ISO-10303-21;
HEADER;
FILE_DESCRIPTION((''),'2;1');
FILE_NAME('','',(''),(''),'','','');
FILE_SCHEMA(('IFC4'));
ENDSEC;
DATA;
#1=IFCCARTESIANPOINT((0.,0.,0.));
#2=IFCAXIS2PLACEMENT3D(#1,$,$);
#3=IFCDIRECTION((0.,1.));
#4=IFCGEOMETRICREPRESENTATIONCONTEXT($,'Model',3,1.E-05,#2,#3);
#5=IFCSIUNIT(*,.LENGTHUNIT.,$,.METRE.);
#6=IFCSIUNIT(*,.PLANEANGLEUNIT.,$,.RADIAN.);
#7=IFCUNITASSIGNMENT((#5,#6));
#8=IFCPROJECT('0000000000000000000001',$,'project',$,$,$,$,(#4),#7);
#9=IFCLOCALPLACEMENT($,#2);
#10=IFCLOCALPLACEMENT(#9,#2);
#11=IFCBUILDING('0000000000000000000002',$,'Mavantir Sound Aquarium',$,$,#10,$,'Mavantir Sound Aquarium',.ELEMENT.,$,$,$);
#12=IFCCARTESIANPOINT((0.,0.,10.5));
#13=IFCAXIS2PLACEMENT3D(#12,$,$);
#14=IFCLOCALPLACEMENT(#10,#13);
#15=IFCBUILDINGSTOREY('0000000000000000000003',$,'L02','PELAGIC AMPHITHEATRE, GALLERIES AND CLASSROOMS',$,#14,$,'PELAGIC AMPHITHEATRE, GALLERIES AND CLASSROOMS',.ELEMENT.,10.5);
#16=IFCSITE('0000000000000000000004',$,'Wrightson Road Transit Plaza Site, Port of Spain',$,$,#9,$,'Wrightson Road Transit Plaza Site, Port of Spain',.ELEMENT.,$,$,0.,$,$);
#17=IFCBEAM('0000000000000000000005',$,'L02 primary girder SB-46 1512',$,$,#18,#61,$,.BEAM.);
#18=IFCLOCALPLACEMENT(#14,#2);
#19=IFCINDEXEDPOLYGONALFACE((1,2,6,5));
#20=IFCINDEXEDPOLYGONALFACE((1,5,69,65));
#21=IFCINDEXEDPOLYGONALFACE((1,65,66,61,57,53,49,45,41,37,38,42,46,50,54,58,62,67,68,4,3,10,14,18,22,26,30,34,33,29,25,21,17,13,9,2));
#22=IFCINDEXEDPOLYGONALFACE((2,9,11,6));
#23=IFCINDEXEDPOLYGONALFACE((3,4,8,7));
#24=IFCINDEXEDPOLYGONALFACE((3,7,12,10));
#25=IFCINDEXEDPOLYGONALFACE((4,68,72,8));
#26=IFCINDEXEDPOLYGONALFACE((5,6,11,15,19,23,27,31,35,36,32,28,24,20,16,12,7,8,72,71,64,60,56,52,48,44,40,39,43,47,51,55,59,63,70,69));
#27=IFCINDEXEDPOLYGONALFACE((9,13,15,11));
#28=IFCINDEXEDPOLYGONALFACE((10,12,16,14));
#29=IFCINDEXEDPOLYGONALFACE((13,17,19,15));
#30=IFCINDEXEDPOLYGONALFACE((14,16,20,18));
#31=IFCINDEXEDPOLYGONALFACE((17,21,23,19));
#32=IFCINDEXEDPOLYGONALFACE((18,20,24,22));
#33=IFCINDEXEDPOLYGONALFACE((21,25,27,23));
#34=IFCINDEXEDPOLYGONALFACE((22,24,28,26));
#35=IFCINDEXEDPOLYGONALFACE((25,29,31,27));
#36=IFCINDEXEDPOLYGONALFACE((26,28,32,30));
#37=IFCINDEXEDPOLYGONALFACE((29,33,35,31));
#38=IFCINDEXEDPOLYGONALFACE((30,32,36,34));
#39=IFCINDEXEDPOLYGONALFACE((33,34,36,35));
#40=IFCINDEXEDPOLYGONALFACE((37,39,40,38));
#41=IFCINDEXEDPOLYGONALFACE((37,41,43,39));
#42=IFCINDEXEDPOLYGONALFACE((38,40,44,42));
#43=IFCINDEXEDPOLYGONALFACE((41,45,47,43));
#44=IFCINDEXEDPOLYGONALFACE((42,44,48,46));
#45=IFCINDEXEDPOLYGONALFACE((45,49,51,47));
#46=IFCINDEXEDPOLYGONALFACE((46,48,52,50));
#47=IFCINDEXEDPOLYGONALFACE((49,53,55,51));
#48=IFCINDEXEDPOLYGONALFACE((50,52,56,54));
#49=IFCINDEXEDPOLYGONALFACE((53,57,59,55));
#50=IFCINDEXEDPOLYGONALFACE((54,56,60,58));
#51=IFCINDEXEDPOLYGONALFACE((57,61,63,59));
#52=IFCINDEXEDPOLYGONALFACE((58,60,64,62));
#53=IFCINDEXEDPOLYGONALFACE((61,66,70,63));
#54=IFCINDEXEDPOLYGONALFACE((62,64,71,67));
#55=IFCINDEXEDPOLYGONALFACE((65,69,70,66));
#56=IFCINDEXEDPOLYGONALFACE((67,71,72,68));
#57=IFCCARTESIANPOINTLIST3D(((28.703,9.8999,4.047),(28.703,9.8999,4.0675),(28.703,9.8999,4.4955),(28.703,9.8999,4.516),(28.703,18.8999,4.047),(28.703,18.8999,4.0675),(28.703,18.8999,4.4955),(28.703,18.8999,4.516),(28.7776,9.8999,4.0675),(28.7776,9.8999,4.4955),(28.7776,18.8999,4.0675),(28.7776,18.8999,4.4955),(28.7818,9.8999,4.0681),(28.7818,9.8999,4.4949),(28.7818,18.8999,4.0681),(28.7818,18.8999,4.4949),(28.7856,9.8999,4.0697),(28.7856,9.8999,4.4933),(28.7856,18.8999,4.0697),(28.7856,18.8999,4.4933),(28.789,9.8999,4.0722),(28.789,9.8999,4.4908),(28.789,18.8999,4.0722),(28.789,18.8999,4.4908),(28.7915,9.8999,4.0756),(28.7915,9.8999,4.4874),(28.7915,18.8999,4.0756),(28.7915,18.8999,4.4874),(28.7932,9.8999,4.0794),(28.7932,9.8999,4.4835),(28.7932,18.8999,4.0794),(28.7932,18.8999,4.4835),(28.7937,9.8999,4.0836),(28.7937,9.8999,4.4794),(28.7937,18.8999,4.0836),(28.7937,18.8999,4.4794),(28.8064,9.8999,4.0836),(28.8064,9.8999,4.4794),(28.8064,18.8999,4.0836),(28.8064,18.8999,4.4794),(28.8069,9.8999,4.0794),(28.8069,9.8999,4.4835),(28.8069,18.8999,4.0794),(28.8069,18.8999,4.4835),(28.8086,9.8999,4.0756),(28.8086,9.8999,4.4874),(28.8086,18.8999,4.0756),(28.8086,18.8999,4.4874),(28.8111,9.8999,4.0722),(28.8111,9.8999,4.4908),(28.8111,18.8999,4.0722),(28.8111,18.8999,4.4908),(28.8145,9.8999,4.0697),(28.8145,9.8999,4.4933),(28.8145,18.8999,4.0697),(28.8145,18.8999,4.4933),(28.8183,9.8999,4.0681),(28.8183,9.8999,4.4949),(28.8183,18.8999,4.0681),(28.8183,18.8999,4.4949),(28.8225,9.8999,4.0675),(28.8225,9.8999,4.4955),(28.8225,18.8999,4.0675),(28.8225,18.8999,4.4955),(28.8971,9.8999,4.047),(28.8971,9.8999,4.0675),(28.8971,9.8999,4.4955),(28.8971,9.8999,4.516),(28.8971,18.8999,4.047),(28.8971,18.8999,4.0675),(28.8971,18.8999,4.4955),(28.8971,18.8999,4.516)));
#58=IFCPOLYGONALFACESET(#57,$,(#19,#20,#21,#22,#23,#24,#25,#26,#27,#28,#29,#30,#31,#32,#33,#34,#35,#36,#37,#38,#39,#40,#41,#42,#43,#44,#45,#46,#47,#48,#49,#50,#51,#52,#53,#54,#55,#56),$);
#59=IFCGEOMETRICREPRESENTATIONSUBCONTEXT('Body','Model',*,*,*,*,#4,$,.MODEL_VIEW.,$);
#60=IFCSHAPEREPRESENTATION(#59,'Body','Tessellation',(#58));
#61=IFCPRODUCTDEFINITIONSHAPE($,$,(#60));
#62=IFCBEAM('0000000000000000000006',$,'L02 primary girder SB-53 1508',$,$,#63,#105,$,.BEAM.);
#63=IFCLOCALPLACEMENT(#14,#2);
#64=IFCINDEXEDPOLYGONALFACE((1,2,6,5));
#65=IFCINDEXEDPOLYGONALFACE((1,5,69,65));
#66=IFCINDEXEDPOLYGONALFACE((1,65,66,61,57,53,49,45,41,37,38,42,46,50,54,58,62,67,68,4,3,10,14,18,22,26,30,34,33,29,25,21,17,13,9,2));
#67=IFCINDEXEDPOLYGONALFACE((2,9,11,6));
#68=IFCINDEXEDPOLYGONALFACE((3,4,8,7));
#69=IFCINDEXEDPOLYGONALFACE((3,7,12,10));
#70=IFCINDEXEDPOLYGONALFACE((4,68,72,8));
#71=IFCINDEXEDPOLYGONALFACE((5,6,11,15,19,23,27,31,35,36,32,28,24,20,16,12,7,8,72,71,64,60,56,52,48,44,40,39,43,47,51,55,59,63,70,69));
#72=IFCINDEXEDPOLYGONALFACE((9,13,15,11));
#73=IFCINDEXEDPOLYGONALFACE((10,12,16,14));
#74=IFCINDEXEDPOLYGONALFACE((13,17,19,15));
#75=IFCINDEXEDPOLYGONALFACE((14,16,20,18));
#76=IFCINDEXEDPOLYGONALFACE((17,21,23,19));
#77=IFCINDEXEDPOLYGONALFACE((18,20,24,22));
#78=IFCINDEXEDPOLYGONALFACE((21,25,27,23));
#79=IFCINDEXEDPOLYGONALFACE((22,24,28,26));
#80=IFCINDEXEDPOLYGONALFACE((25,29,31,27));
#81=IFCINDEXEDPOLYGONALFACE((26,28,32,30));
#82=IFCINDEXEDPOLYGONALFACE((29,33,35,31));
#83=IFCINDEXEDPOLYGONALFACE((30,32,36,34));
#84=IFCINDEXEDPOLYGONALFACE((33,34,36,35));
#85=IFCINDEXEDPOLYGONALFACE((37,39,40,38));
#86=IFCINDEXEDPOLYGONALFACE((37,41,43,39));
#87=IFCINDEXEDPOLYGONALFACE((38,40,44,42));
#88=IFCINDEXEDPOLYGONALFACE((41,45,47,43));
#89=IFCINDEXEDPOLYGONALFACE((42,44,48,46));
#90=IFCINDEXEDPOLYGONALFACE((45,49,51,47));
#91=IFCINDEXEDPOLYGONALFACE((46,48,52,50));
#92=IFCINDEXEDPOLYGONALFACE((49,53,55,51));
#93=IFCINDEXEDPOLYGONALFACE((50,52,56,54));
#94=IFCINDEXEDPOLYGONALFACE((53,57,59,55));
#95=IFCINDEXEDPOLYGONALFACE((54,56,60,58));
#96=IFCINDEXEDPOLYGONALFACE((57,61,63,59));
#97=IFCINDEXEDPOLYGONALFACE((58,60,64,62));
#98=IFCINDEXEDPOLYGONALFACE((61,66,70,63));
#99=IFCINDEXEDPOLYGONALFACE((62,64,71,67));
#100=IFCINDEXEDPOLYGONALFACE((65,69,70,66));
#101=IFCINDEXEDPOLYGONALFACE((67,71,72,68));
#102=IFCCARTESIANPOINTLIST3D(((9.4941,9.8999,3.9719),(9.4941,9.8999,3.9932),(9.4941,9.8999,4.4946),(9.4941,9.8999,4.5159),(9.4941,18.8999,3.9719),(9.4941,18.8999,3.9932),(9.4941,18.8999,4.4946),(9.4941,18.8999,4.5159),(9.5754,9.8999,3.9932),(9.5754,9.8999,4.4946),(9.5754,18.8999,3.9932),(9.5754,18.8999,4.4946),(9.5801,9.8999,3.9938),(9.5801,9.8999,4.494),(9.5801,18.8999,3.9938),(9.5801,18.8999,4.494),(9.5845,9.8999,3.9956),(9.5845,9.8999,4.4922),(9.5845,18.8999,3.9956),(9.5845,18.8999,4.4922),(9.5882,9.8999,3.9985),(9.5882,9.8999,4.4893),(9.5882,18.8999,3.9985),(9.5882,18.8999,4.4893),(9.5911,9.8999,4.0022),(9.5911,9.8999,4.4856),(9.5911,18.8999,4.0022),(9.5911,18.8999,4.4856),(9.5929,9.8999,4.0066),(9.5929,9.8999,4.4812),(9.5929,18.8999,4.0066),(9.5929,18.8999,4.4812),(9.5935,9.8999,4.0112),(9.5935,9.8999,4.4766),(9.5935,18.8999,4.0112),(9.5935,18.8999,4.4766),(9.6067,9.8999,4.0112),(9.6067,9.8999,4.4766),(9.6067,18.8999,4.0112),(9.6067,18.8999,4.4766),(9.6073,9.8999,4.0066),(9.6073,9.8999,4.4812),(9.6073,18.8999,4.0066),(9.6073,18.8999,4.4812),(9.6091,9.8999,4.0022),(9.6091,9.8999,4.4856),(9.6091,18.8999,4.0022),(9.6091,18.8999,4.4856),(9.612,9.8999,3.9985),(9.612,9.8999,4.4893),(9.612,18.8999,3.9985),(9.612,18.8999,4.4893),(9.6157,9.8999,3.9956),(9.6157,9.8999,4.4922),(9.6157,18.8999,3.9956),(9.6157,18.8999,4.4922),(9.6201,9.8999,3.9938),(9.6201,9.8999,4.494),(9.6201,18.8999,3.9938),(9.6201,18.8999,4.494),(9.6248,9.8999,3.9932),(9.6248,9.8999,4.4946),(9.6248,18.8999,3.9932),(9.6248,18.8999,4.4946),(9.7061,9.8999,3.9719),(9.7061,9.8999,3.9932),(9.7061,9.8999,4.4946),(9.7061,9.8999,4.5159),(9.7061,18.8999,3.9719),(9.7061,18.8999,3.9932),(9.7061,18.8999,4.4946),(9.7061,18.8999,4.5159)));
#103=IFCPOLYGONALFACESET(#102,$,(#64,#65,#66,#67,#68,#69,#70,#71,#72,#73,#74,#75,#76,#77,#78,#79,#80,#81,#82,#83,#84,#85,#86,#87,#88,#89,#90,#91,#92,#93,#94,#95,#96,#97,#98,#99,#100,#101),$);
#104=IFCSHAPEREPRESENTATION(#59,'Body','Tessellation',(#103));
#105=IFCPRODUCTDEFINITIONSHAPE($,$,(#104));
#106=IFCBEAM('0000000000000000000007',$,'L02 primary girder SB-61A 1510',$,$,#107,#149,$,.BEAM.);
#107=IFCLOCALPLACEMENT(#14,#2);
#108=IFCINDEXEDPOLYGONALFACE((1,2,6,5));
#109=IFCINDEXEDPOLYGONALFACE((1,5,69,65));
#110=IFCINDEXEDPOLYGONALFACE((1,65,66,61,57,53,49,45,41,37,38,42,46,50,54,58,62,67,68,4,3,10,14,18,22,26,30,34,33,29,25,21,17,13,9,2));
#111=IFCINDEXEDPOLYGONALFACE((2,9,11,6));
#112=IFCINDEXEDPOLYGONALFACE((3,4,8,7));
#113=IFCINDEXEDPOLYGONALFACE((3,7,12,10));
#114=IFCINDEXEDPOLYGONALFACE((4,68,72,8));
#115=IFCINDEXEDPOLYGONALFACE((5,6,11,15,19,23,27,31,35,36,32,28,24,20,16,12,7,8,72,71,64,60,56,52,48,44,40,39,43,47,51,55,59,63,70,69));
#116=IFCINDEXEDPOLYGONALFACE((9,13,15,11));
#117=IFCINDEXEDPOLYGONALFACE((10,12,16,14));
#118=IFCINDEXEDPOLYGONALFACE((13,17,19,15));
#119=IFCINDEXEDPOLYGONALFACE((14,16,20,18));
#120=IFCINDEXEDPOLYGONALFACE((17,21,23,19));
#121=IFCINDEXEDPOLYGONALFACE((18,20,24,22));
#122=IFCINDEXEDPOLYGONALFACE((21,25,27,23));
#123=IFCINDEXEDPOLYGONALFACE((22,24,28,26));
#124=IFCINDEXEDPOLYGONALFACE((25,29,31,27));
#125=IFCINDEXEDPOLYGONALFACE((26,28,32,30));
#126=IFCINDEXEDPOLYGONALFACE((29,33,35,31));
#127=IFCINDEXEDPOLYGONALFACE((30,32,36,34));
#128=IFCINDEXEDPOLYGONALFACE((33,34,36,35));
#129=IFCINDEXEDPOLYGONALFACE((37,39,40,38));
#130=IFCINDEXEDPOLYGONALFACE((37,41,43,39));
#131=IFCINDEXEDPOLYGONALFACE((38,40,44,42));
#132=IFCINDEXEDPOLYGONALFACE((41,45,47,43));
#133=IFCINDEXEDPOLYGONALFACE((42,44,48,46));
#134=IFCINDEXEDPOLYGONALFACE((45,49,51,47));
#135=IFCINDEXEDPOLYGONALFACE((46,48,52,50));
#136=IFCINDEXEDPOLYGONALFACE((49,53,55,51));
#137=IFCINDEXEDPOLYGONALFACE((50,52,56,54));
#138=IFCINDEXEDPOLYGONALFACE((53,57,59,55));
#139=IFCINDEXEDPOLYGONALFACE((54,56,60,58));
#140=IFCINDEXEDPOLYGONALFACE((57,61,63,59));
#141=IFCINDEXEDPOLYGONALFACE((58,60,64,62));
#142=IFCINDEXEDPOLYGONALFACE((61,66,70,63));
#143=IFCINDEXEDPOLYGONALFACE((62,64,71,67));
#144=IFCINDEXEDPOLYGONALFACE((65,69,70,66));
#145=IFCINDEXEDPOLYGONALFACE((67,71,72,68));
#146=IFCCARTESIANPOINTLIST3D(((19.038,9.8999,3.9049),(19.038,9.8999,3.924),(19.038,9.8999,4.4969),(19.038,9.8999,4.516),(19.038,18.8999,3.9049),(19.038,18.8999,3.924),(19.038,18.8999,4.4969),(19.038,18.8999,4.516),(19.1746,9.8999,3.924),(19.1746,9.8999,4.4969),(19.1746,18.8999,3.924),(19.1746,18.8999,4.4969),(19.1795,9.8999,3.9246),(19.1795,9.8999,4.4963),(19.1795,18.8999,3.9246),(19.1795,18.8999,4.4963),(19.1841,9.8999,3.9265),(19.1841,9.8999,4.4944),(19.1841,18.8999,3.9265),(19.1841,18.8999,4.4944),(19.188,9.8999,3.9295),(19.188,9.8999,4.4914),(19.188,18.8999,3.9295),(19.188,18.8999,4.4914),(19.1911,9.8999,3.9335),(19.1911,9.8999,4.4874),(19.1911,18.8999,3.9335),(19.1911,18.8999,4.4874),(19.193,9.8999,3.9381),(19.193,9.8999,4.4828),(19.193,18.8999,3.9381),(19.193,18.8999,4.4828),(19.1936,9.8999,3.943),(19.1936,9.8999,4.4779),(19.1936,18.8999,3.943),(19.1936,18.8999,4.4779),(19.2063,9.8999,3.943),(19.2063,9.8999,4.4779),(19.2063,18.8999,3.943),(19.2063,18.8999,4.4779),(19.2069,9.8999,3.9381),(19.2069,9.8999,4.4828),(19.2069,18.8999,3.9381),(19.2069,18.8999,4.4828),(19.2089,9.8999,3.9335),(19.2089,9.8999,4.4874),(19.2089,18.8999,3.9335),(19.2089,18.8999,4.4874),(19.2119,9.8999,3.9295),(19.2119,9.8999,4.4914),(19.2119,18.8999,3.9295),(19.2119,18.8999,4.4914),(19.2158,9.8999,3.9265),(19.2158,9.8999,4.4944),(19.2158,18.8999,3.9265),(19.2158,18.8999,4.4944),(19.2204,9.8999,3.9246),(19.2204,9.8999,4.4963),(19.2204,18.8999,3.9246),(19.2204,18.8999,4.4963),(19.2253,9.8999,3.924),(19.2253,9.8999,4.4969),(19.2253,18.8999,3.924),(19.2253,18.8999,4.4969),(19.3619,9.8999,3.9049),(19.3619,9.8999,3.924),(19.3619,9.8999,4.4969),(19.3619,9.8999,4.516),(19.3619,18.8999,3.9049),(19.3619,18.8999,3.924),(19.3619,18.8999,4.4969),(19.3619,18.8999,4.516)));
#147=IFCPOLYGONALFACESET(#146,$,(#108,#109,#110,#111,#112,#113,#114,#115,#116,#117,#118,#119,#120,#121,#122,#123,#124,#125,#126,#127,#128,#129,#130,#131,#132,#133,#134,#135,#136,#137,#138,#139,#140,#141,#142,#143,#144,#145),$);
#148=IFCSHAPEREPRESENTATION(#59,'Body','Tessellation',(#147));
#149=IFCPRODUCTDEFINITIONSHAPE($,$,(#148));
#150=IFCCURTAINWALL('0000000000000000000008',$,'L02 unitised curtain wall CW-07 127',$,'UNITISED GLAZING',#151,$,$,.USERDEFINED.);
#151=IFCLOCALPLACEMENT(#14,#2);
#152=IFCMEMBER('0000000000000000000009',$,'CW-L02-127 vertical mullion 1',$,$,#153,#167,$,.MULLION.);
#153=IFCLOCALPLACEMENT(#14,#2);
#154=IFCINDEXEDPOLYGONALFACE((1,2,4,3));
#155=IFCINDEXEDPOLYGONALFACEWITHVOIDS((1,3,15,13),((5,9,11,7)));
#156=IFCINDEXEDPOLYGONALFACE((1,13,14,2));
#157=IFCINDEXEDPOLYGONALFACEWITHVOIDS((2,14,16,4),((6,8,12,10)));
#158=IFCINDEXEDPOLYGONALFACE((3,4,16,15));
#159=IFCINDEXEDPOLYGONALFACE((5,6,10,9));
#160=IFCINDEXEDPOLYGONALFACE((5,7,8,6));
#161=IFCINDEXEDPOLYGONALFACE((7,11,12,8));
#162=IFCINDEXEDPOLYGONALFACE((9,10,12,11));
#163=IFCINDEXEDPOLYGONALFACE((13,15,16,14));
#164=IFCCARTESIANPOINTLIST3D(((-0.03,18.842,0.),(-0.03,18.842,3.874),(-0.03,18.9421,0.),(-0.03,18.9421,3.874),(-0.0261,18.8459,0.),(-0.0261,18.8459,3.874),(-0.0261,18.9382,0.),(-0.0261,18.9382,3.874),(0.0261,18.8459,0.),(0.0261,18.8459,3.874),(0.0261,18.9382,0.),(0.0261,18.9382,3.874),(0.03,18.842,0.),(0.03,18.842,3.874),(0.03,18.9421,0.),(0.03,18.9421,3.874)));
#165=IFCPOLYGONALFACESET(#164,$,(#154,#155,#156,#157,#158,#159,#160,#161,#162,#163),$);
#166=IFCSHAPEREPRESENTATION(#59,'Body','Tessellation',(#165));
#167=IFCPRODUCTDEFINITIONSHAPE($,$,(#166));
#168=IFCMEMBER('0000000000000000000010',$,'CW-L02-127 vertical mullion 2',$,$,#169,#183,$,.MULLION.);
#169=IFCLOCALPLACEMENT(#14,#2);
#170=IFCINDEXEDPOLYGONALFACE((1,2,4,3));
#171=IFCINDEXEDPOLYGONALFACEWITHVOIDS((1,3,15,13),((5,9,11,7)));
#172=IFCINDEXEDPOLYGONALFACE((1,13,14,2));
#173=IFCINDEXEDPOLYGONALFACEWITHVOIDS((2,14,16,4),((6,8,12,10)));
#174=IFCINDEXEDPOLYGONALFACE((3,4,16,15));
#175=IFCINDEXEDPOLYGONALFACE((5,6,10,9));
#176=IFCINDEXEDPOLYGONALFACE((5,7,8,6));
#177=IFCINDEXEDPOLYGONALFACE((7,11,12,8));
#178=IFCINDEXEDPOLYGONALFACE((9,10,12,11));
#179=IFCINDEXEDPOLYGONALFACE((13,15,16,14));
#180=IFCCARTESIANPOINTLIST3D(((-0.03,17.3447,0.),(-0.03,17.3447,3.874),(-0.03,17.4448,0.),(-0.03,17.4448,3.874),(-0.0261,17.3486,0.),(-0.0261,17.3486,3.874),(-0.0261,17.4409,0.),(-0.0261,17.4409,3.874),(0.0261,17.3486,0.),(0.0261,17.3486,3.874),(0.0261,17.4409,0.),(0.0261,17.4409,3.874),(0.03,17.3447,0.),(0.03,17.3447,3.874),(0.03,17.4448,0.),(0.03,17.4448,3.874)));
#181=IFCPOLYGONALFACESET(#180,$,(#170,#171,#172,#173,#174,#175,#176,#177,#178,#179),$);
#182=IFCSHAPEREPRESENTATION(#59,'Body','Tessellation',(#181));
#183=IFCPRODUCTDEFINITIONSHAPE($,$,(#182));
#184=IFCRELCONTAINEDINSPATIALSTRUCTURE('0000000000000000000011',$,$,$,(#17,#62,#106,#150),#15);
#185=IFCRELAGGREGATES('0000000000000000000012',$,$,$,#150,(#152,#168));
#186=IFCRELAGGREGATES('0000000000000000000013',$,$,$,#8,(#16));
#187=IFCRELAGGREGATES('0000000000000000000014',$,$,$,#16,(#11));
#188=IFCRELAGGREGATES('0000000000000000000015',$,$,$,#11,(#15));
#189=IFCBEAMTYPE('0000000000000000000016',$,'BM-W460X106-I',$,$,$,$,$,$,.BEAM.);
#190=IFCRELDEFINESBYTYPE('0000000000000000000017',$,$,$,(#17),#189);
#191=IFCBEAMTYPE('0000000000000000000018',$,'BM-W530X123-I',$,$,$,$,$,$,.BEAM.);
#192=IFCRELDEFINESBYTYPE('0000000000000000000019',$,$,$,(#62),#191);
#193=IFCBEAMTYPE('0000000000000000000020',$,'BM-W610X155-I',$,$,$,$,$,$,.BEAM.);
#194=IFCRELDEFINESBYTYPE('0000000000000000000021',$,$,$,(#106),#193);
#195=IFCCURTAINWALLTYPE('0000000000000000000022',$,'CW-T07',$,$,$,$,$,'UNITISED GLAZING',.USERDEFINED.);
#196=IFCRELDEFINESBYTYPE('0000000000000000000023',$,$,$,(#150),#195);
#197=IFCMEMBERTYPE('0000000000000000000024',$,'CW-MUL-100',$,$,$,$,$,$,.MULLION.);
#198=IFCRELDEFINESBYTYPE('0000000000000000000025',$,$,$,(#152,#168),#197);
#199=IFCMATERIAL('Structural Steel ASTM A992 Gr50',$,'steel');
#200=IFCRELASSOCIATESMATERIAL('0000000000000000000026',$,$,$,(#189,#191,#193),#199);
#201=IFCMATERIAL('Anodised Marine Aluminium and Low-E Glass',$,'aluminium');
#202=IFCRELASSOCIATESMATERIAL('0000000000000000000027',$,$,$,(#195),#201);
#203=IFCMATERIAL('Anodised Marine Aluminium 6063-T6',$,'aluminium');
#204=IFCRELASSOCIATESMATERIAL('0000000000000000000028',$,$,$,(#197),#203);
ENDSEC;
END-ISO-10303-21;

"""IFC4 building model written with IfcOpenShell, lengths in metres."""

from ifc_helpers import new_model, si_unit, direction, frame, origin, origin_2d, place, context, subcontext, project, spatial, hollow_rectangle, i_section, extrude, material, material_profile, profile_set, type_object, element, aggregate, save


model = new_model("IFC4")

# Units and contexts
model_context = context("Model", 3, precision=1e-05, world=origin(), true_north=direction((0.0, 1.0)))
body_context = subcontext(model_context, "Body", "Model", "MODEL_VIEW")
ifc_project = project(units=[si_unit("LENGTHUNIT", "METRE"), si_unit("PLANEANGLEUNIT", "RADIAN")], contexts=[model_context])

# Site, building, storey
site_placement = place(None, origin())
site = spatial("IfcSite", under=ifc_project, at=site_placement, Name="Wrightson Road Transit Plaza Site, Port of Spain", LongName="Wrightson Road Transit Plaza Site, Port of Spain", CompositionType="ELEMENT", RefElevation=0.0)
building_placement = place(site_placement, origin())
building = spatial("IfcBuilding", under=site, at=building_placement, Name="Mavantir Sound Aquarium", LongName="Mavantir Sound Aquarium", CompositionType="ELEMENT")
storey_placement = place(building_placement, frame((0.0, 0.0, 10.5)))
storey = spatial("IfcBuildingStorey", under=building, at=storey_placement, Name="L02", Description="PELAGIC AMPHITHEATRE, GALLERIES AND CLASSROOMS", LongName="PELAGIC AMPHITHEATRE, GALLERIES AND CLASSROOMS", CompositionType="ELEMENT", Elevation=10.5)

# Beams
ifc_material_1 = material(Name="Structural Steel ASTM A992 Gr50", Category="steel")
ifc_material_profile_1 = material_profile(ifc_material_1, i_section(OverallWidth=0.1941, OverallDepth=0.469, WebThickness=0.0127, FlangeThickness=0.0205, FilletRadius=0.0161, at=origin_2d()), Name="W460X106")
ifc_profile_set_1 = profile_set([ifc_material_profile_1], Name="Structural Steel ASTM A992 Gr50")
beam_type_1 = type_object("IfcBeamType", Name="BM-W460X106-I", PredefinedType="BEAM", material=ifc_profile_set_1)
for number, where, z_axis, x_axis, name in (
    (1, (28.8, 9.8999, 4.2815), (0.0, 1.0, 0.0), (-1.0, 0.0, 0.0), "L02 primary girder SB-46 1512"),
):
    element("IfcBeam", number, at=place(storey_placement, frame(where, z_axis=z_axis, x_axis=x_axis)), inside=storey, type_object=beam_type_1, Name=name, PredefinedType="BEAM", context=body_context, shape_type="SweptSolid", body=[
        extrude(i_section(OverallWidth=0.1941, OverallDepth=0.469, WebThickness=0.0127, FlangeThickness=0.0205, FilletRadius=0.0161, at=origin_2d()), origin(), (0.0, 0.0, 1.0), 9.0),
    ])
ifc_material_profile_2 = material_profile(ifc_material_1, i_section(OverallWidth=0.2119, OverallDepth=0.5439, WebThickness=0.0132, FlangeThickness=0.0212, FilletRadius=0.0181, at=origin_2d()), Name="W530X123")
ifc_profile_set_2 = profile_set([ifc_material_profile_2], Name="Structural Steel ASTM A992 Gr50")
beam_type_2 = type_object("IfcBeamType", Name="BM-W530X123-I", PredefinedType="BEAM", material=ifc_profile_set_2)
beam_1_placement = place(storey_placement, frame((9.6001, 9.8999, 4.2439), z_axis=(0.0, 1.0, 0.0), x_axis=(-1.0, 0.0, 0.0)))
element("IfcBeam", 2, at=beam_1_placement, inside=storey, type_object=beam_type_2, Name="L02 primary girder SB-53 1508", PredefinedType="BEAM", context=body_context, shape_type="SweptSolid", body=[
    extrude(i_section(OverallWidth=0.2119, OverallDepth=0.5439, WebThickness=0.0132, FlangeThickness=0.0212, FilletRadius=0.0181, at=origin_2d()), origin(), (0.0, 0.0, 1.0), 9.0),
])
ifc_material_profile_3 = material_profile(ifc_material_1, i_section(OverallWidth=0.324, OverallDepth=0.6111, WebThickness=0.0127, FlangeThickness=0.019, FilletRadius=0.019, at=origin_2d()), Name="W610X155")
ifc_profile_set_3 = profile_set([ifc_material_profile_3], Name="Structural Steel ASTM A992 Gr50")
beam_type_3 = type_object("IfcBeamType", Name="BM-W610X155-I", PredefinedType="BEAM", material=ifc_profile_set_3)
beam_2_placement = place(storey_placement, frame((19.2, 9.8999, 4.2104), z_axis=(0.0, 1.0, 0.0), x_axis=(-1.0, 0.0, 0.0)))
element("IfcBeam", 3, at=beam_2_placement, inside=storey, type_object=beam_type_3, Name="L02 primary girder SB-61A 1510", PredefinedType="BEAM", context=body_context, shape_type="SweptSolid", body=[
    extrude(i_section(OverallWidth=0.324, OverallDepth=0.6111, WebThickness=0.0127, FlangeThickness=0.019, FilletRadius=0.019, at=origin_2d()), origin(), (0.0, 0.0, 1.0), 9.0),
])

# Curtain wall, members
ifc_material_2 = material(Name="Anodised Marine Aluminium and Low-E Glass", Category="aluminium")
curtain_wall_type = type_object("IfcCurtainWallType", Name="CW-T07", ElementType="UNITISED GLAZING", PredefinedType="USERDEFINED", material=ifc_material_2)
curtain_wall_placement = place(storey_placement, origin())
curtain_wall = element("IfcCurtainWall", 4, at=curtain_wall_placement, inside=storey, type_object=curtain_wall_type, Name="L02 unitised curtain wall CW-07 127", ObjectType="UNITISED GLAZING", PredefinedType="USERDEFINED")
ifc_material_3 = material(Name="Anodised Marine Aluminium 6063-T6", Category="aluminium")
ifc_material_profile_4 = material_profile(ifc_material_3, hollow_rectangle(XDim=0.0601, YDim=0.1001, WallThickness=0.0039, at=origin_2d()), Name="ALU-MULLION-100X60")
ifc_profile_set_4 = profile_set([ifc_material_profile_4], Name="Anodised Marine Aluminium 6063-T6")
member_type_1 = type_object("IfcMemberType", Name="CW-MUL-100", PredefinedType="MULLION", material=ifc_profile_set_4)
member_1_placement = place(storey_placement, frame((0.0, 18.8921, 0.0), z_axis=(0.0, 0.0, 1.0), x_axis=(1.0, 0.0, 0.0)))
member_1 = element("IfcMember", 5, at=member_1_placement, type_object=member_type_1, Name="CW-L02-127 vertical mullion 1", PredefinedType="MULLION", context=body_context, shape_type="SweptSolid", body=[
    extrude(hollow_rectangle(XDim=0.0601, YDim=0.1001, WallThickness=0.0039, at=origin_2d()), origin(), (0.0, 0.0, 1.0), 3.874),
])
member_2_placement = place(storey_placement, frame((0.0, 17.3948, 0.0), z_axis=(0.0, 0.0, 1.0), x_axis=(1.0, 0.0, 0.0)))
member_2 = element("IfcMember", 6, at=member_2_placement, type_object=member_type_1, Name="CW-L02-127 vertical mullion 2", PredefinedType="MULLION", context=body_context, shape_type="SweptSolid", body=[
    extrude(hollow_rectangle(XDim=0.0601, YDim=0.1001, WallThickness=0.0039, at=origin_2d()), origin(), (0.0, 0.0, 1.0), 3.874),
])
aggregate(curtain_wall, [member_1, member_2])

save(model, "model.ifc")
